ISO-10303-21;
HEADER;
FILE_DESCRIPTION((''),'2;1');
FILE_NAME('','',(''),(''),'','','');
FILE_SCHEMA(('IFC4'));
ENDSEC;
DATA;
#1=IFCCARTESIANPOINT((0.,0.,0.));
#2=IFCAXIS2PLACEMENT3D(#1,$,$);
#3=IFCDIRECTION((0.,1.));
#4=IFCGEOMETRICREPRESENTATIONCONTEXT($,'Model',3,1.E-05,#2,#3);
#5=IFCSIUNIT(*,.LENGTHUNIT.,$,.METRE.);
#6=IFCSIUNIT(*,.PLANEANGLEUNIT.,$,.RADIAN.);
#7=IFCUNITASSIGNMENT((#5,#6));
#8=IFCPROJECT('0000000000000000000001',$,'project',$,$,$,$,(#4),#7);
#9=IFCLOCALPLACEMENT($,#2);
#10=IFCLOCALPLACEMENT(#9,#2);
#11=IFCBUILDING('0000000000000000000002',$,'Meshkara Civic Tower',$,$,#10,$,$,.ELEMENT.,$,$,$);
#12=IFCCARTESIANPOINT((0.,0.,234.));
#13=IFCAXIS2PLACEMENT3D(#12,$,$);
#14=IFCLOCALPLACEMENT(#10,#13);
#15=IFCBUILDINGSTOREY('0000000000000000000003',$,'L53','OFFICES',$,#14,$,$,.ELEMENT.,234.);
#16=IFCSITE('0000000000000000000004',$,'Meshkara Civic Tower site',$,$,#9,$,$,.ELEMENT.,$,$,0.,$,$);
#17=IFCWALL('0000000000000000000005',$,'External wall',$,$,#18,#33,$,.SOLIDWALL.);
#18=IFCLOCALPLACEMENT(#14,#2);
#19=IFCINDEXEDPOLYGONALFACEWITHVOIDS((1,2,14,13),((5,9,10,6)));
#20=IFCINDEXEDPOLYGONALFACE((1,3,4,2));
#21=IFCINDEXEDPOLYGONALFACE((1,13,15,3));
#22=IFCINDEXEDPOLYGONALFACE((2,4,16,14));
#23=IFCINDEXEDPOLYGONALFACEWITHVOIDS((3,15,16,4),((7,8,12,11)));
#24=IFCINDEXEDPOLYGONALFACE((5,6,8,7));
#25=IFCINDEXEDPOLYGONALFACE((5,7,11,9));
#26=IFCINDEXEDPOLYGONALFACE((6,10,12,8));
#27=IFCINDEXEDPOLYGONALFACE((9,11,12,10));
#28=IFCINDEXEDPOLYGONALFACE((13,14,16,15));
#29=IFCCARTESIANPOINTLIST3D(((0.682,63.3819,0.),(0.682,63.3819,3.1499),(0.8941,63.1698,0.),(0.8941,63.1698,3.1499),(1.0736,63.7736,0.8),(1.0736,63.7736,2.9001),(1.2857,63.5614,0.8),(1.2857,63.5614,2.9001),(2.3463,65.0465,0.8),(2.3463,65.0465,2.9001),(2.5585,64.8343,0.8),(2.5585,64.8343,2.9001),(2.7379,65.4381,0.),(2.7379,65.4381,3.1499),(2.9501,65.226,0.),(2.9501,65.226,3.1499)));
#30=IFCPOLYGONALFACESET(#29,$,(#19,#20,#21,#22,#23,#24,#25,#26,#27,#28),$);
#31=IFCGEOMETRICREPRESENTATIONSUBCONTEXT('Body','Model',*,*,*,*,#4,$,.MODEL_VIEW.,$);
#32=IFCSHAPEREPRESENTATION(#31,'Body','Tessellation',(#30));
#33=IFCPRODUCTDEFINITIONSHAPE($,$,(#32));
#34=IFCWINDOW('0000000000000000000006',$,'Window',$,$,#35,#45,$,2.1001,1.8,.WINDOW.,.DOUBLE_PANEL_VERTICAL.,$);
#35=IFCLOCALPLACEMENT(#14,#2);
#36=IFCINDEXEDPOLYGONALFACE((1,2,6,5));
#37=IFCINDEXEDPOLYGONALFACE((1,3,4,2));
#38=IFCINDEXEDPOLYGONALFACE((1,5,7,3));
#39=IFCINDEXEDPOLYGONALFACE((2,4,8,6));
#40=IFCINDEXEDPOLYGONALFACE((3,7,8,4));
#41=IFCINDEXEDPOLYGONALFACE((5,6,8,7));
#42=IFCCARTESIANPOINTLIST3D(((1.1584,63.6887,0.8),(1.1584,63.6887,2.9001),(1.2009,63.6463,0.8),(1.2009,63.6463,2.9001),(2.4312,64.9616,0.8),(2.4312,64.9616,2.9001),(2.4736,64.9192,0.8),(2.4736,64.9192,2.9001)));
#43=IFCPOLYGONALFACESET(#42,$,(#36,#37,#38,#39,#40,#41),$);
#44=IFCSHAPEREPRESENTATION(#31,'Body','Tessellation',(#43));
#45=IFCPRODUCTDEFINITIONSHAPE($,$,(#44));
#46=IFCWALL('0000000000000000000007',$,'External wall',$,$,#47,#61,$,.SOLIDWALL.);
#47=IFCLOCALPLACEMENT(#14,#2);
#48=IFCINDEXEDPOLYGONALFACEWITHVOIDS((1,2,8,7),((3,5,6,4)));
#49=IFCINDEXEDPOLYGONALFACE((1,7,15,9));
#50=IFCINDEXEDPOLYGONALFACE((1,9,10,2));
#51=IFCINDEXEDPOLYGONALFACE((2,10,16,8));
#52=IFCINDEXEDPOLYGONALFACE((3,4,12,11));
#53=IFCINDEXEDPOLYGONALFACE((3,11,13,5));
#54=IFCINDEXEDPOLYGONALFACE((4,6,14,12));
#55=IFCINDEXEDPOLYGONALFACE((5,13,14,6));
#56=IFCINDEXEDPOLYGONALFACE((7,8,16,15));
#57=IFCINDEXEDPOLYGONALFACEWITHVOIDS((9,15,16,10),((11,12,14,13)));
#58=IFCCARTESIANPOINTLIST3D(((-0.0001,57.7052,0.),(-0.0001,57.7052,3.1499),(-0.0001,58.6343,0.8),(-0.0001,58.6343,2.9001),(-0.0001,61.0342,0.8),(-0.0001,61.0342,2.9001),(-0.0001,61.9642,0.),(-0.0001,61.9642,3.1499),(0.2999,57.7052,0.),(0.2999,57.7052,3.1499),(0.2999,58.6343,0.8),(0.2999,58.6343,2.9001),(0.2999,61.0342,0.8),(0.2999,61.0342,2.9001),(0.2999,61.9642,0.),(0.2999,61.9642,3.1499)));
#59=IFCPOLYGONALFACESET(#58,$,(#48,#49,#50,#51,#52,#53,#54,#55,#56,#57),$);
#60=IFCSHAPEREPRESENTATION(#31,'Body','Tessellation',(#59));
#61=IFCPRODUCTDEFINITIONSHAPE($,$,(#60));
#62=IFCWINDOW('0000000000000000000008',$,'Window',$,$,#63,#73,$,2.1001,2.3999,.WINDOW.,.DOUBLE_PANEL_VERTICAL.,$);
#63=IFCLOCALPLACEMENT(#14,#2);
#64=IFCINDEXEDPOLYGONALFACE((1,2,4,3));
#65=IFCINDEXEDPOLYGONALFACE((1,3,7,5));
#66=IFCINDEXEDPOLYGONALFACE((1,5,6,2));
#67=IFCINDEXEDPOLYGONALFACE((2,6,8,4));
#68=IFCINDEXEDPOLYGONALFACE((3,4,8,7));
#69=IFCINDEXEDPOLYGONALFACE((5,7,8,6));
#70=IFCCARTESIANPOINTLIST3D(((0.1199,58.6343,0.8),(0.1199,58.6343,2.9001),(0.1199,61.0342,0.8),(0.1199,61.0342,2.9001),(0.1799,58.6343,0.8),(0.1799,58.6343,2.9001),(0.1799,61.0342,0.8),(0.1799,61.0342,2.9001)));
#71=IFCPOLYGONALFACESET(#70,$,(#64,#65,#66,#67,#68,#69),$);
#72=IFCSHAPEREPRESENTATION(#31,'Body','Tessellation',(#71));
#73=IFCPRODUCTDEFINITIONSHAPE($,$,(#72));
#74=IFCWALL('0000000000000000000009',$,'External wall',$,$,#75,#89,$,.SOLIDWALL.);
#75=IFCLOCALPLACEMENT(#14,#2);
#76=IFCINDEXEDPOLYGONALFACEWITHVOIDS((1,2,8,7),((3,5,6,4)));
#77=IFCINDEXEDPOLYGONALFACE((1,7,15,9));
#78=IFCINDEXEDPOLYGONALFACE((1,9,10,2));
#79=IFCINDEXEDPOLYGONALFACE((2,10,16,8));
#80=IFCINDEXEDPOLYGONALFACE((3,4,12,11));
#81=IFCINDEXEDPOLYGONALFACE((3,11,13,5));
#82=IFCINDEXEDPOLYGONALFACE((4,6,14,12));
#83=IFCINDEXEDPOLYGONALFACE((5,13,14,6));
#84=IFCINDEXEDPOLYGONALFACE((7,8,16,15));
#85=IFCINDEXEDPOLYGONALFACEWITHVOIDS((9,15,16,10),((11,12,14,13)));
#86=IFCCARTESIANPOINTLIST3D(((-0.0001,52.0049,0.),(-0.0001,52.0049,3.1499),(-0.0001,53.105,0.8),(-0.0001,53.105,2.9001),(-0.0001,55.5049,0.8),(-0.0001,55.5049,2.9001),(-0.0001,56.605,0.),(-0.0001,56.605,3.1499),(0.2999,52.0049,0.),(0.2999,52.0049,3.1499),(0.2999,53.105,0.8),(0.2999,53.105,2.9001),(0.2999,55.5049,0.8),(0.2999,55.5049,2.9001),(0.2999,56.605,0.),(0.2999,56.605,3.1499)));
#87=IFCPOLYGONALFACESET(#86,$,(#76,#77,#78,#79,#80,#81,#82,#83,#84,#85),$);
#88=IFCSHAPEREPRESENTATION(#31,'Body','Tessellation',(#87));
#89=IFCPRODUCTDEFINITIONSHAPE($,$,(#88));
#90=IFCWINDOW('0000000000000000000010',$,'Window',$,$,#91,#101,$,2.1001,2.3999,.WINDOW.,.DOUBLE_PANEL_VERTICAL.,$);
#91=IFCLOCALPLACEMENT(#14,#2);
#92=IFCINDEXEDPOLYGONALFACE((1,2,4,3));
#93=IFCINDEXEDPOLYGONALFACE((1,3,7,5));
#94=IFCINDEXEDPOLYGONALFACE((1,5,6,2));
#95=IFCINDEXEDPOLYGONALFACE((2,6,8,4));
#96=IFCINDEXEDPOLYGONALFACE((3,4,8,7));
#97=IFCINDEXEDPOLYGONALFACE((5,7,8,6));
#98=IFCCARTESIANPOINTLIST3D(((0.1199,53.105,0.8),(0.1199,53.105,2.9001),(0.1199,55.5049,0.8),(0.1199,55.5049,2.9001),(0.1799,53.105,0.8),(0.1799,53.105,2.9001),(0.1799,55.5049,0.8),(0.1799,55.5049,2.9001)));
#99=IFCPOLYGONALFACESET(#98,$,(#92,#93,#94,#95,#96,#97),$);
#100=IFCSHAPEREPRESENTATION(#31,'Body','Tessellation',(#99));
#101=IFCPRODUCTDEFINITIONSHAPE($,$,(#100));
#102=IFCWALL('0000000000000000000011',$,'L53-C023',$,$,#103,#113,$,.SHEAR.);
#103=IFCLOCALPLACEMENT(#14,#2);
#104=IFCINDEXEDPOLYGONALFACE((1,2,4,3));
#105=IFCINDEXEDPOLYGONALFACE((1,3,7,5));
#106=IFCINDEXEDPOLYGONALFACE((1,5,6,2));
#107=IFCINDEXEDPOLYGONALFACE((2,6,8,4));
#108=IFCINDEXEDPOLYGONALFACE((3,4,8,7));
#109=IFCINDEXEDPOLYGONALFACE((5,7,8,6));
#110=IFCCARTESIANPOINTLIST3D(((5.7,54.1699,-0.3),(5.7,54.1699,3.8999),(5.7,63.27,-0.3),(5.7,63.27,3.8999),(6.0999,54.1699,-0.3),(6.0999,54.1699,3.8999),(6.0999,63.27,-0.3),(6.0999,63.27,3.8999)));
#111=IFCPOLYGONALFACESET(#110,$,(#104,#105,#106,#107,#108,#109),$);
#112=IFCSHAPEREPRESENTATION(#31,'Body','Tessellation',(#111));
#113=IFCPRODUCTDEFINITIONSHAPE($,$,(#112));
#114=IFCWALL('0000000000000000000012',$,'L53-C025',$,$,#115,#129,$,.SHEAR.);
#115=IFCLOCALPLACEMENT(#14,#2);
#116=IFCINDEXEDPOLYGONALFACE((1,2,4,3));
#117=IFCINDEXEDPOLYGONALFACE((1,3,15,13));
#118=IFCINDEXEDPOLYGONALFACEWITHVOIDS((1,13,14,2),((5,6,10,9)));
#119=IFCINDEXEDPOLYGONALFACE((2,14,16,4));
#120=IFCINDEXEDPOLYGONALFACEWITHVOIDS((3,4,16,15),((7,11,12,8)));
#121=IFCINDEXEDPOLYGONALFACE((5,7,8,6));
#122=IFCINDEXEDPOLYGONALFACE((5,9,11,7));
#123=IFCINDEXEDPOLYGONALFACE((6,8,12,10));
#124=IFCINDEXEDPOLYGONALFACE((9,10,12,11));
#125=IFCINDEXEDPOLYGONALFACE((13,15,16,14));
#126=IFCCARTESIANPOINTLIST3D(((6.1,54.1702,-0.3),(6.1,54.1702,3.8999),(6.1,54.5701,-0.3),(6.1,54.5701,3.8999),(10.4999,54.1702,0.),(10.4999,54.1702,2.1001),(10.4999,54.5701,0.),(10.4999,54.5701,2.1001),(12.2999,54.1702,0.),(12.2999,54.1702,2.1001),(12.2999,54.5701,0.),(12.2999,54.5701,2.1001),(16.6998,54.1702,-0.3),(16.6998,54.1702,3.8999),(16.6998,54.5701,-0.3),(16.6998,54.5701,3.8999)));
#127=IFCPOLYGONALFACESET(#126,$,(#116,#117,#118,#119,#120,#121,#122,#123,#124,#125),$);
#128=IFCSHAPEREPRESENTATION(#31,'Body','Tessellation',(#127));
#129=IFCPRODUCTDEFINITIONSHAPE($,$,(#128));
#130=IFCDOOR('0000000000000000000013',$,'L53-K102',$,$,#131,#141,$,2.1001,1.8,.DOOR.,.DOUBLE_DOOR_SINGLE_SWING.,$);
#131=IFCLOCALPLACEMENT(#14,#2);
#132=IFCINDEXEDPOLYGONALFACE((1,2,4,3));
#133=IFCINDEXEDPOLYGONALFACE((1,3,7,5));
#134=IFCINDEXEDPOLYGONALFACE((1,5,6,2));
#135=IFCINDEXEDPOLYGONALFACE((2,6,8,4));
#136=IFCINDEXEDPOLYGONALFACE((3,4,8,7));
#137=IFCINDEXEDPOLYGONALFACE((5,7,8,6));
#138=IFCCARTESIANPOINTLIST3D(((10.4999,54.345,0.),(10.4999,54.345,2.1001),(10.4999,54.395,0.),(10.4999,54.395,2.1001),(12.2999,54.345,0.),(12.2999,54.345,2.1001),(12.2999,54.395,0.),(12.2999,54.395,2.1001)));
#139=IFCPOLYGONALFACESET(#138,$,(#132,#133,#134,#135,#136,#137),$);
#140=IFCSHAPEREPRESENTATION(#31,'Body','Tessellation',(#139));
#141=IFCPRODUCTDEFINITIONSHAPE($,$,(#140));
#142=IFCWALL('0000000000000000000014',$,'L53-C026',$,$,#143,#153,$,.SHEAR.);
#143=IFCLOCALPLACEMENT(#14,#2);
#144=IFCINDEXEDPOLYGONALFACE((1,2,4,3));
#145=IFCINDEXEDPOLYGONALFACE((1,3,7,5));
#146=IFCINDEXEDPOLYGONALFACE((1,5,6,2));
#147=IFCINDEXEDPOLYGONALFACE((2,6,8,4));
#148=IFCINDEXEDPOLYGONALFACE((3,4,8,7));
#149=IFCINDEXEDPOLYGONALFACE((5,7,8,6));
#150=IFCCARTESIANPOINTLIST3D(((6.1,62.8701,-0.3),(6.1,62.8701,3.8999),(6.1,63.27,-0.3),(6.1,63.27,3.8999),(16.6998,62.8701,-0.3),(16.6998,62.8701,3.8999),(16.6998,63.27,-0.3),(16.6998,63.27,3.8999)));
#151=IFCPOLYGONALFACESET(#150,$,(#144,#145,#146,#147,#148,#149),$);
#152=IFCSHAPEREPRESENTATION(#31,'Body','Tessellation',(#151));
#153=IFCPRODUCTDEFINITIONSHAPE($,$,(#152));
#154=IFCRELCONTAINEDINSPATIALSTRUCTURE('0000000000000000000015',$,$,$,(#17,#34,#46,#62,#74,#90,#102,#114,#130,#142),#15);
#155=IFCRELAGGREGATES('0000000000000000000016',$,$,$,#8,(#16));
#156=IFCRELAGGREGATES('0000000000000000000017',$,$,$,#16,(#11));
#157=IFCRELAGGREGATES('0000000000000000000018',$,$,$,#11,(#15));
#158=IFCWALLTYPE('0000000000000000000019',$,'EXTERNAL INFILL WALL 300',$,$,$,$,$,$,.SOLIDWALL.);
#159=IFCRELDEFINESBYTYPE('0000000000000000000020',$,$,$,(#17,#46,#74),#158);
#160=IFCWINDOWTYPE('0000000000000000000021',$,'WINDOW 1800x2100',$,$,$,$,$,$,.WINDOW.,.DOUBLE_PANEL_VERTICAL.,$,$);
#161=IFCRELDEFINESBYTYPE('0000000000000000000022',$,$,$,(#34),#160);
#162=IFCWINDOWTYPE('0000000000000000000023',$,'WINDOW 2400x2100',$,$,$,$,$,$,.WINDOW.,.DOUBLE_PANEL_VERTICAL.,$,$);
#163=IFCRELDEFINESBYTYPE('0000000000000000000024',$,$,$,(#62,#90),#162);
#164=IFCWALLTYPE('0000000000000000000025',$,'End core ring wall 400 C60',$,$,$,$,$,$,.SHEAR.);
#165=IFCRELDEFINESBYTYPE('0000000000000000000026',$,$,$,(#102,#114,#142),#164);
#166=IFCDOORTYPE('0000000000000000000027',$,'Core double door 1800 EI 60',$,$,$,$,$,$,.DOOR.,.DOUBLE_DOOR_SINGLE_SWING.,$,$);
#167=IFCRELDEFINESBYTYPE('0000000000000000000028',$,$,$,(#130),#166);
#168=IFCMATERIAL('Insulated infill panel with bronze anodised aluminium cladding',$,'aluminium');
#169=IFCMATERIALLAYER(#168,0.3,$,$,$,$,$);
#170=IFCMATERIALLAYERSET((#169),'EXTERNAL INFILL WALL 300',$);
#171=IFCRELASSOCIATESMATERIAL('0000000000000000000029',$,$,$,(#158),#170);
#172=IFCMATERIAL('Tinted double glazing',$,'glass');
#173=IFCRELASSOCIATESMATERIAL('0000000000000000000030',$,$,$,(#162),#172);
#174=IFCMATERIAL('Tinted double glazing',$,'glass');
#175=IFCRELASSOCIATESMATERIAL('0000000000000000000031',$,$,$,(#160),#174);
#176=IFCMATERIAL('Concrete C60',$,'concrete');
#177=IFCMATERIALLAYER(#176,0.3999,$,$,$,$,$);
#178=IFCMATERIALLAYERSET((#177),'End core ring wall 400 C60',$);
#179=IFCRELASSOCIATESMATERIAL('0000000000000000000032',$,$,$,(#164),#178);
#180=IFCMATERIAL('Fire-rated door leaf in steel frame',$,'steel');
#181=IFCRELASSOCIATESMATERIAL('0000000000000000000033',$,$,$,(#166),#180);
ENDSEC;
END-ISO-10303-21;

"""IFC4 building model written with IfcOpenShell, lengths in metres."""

from ifc_helpers import new_model, si_unit, direction, frame, frame_2d, origin, place, context, subcontext, project, spatial, rectangle, extrude, material, layer, layer_set, type_object, element, fill, save


model = new_model("IFC4")

# Units and contexts
model_context = context("Model", 3, precision=1e-05, world=origin(), true_north=direction((0.0, 1.0)))
body_context = subcontext(model_context, "Body", "Model", "MODEL_VIEW")
ifc_project = project(units=[si_unit("LENGTHUNIT", "METRE"), si_unit("PLANEANGLEUNIT", "RADIAN")], contexts=[model_context])

# Site, building, storey
site_placement = place(None, origin())
site = spatial("IfcSite", under=ifc_project, at=site_placement, Name="Meshkara Civic Tower site", CompositionType="ELEMENT", RefElevation=0.0)
building_placement = place(site_placement, origin())
building = spatial("IfcBuilding", under=site, at=building_placement, Name="Meshkara Civic Tower", CompositionType="ELEMENT")
storey_placement = place(building_placement, frame((0.0, 0.0, 234.0)))
storey = spatial("IfcBuildingStorey", under=building, at=storey_placement, Name="L53", Description="OFFICES", CompositionType="ELEMENT", Elevation=234.0)

# Walls, openings, windows
ifc_material_1 = material(Name="Insulated infill panel with bronze anodised aluminium cladding", Category="aluminium")
ifc_layer_1 = layer(ifc_material_1, 0.3)
ifc_layer_set_1 = layer_set([ifc_layer_1], Name="EXTERNAL INFILL WALL 300")
wall_type_1 = type_object("IfcWallType", Name="EXTERNAL INFILL WALL 300", PredefinedType="SOLIDWALL", material=ifc_layer_set_1)
ifc_material_2 = material(Name="Tinted double glazing", Category="glass")
window_type_1 = type_object("IfcWindowType", Name="WINDOW 2400x2100", PartitioningType="DOUBLE_PANEL_VERTICAL", PredefinedType="WINDOW", material=ifc_material_2)
wall_1_placement = place(storey_placement, frame((2.844, 65.332, 0.0), z_axis=(0.0, 0.0, 1.0), x_axis=(-0.707065, -0.707149, 0.0)))
wall_1 = element("IfcWall", 1, at=wall_1_placement, inside=storey, type_object=wall_type_1, Name="External wall", PredefinedType="SOLIDWALL", context=body_context, shape_type="SweptSolid", body=[
    extrude(rectangle(XDim=2.9077, YDim=0.3, at=frame_2d((1.4539, 0.0))), origin(), (0.0, 0.0, 1.0), 3.1499),
])
opening_1_placement = place(wall_1_placement, frame((0.554, 0.0, 0.8)))
opening_1 = element("IfcOpeningElement", 2, at=opening_1_placement, cuts=wall_1, PredefinedType="OPENING", context=body_context, shape_type="SweptSolid", body=[
    extrude(rectangle(XDim=1.8, YDim=2.1001, at=frame_2d((0.8999, 1.05))), frame((0.0, 0.1599, 0.0), z_axis=(0.0, -1.0, 0.0), x_axis=(1.0, 0.0, 0.0)), (0.0, 0.0, 1.0), 0.3201),
])
ifc_material_3 = material(Name="Tinted double glazing", Category="glass")
window_type_2 = type_object("IfcWindowType", Name="WINDOW 1800x2100", PartitioningType="DOUBLE_PANEL_VERTICAL", PredefinedType="WINDOW", material=ifc_material_3)
window_1_placement = place(opening_1_placement, origin())
window_1 = element("IfcWindow", 3, at=window_1_placement, inside=storey, type_object=window_type_2, Name="Window", OverallHeight=2.1001, OverallWidth=1.8, PartitioningType="DOUBLE_PANEL_VERTICAL", PredefinedType="WINDOW", context=body_context, shape_type="SweptSolid", body=[
    extrude(rectangle(XDim=1.8, YDim=2.1001, at=frame_2d((0.8999, 1.05))), frame((0.0, 0.03, 0.0), z_axis=(0.0, -1.0, 0.0), x_axis=(1.0, 0.0, 0.0)), (0.0, 0.0, 1.0), 0.0601),
])
fill(opening_1, window_1)
wall_2_placement = place(storey_placement, frame((0.1499, 61.9641, 0.0), z_axis=(0.0, 0.0, 1.0), x_axis=(0.0, -1.0, 0.0)))
wall_2 = element("IfcWall", 4, at=wall_2_placement, inside=storey, type_object=wall_type_1, Name="External wall", PredefinedType="SOLIDWALL", context=body_context, shape_type="SweptSolid", body=[
    extrude(rectangle(XDim=4.259, YDim=0.3, at=frame_2d((2.1294, 0.0))), origin(), (0.0, 0.0, 1.0), 3.1499),
])
opening_2_placement = place(wall_2_placement, frame((0.9299, 0.0, 0.8)))
opening_2 = element("IfcOpeningElement", 5, at=opening_2_placement, cuts=wall_2, PredefinedType="OPENING", context=body_context, shape_type="SweptSolid", body=[
    extrude(rectangle(XDim=2.3999, YDim=2.1001, at=frame_2d((1.2, 1.05))), frame((0.0, 0.1599, 0.0), z_axis=(0.0, -1.0, 0.0), x_axis=(1.0, 0.0, 0.0)), (0.0, 0.0, 1.0), 0.3201),
])
window_2_placement = place(opening_2_placement, origin())
window_2 = element("IfcWindow", 6, at=window_2_placement, inside=storey, type_object=window_type_1, Name="Window", OverallHeight=2.1001, OverallWidth=2.3999, PartitioningType="DOUBLE_PANEL_VERTICAL", PredefinedType="WINDOW", context=body_context, shape_type="SweptSolid", body=[
    extrude(rectangle(XDim=2.3999, YDim=2.1001, at=frame_2d((1.2, 1.05))), frame((0.0, 0.03, 0.0), z_axis=(0.0, -1.0, 0.0), x_axis=(1.0, 0.0, 0.0)), (0.0, 0.0, 1.0), 0.0601),
])
fill(opening_2, window_2)
wall_3_placement = place(storey_placement, frame((0.1499, 56.605, 0.0), z_axis=(0.0, 0.0, 1.0), x_axis=(0.0, -1.0, 0.0)))
wall_3 = element("IfcWall", 7, at=wall_3_placement, inside=storey, type_object=wall_type_1, Name="External wall", PredefinedType="SOLIDWALL", context=body_context, shape_type="SweptSolid", body=[
    extrude(rectangle(XDim=4.6001, YDim=0.3, at=frame_2d((2.3, 0.0))), origin(), (0.0, 0.0, 1.0), 3.1499),
])
opening_3_placement = place(wall_3_placement, frame((1.1001, 0.0, 0.8)))
opening_3 = element("IfcOpeningElement", 8, at=opening_3_placement, cuts=wall_3, PredefinedType="OPENING", context=body_context, shape_type="SweptSolid", body=[
    extrude(rectangle(XDim=2.3999, YDim=2.1001, at=frame_2d((1.2, 1.05))), frame((0.0, 0.1599, 0.0), z_axis=(0.0, -1.0, 0.0), x_axis=(1.0, 0.0, 0.0)), (0.0, 0.0, 1.0), 0.3201),
])
window_3_placement = place(opening_3_placement, origin())
window_3 = element("IfcWindow", 9, at=window_3_placement, inside=storey, type_object=window_type_1, Name="Window", OverallHeight=2.1001, OverallWidth=2.3999, PartitioningType="DOUBLE_PANEL_VERTICAL", PredefinedType="WINDOW", context=body_context, shape_type="SweptSolid", body=[
    extrude(rectangle(XDim=2.3999, YDim=2.1001, at=frame_2d((1.2, 1.05))), frame((0.0, 0.03, 0.0), z_axis=(0.0, -1.0, 0.0), x_axis=(1.0, 0.0, 0.0)), (0.0, 0.0, 1.0), 0.0601),
])
fill(opening_3, window_3)

# Wall
ifc_material_4 = material(Name="Concrete C60", Category="concrete")
ifc_layer_2 = layer(ifc_material_4, 0.3999)
ifc_layer_set_2 = layer_set([ifc_layer_2], Name="End core ring wall 400 C60")
wall_type_2 = type_object("IfcWallType", Name="End core ring wall 400 C60", PredefinedType="SHEAR", material=ifc_layer_set_2)
wall_4_placement = place(storey_placement, frame((5.8999, 54.1699, -0.3), z_axis=(0.0, 0.0, 1.0), x_axis=(0.0, 1.0, 0.0)))
element("IfcWall", 10, at=wall_4_placement, inside=storey, type_object=wall_type_2, Name="L53-C023", PredefinedType="SHEAR", context=body_context, shape_type="SweptSolid", body=[
    extrude(rectangle(XDim=9.1001, YDim=0.3999, at=frame_2d((4.55, 0.0))), origin(), (0.0, 0.0, 1.0), 4.2),
])

# Wall, opening, door
wall_5_placement = place(storey_placement, frame((6.1001, 54.3701, -0.3), z_axis=(0.0, 0.0, 1.0), x_axis=(1.0, 0.0, 0.0)))
wall_5 = element("IfcWall", 11, at=wall_5_placement, inside=storey, type_object=wall_type_2, Name="L53-C025", PredefinedType="SHEAR", context=body_context, shape_type="SweptSolid", body=[
    extrude(rectangle(XDim=10.5999, YDim=0.3999, at=frame_2d((5.2998, 0.0))), origin(), (0.0, 0.0, 1.0), 4.2),
])
opening_4_placement = place(wall_5_placement, frame((4.3999, 0.0, 0.3)))
opening_4 = element("IfcOpeningElement", 12, at=opening_4_placement, cuts=wall_5, PredefinedType="OPENING", context=body_context, shape_type="SweptSolid", body=[
    extrude(rectangle(XDim=1.8, YDim=2.1001, at=frame_2d((0.8999, 1.05))), frame((0.0, 0.21, 0.0), z_axis=(0.0, -1.0, 0.0), x_axis=(1.0, 0.0, 0.0)), (0.0, 0.0, 1.0), 0.4199),
])
ifc_material_5 = material(Name="Fire-rated door leaf in steel frame", Category="steel")
door_type_1 = type_object("IfcDoorType", Name="Core double door 1800 EI 60", OperationType="DOUBLE_DOOR_SINGLE_SWING", PredefinedType="DOOR", material=ifc_material_5)
door_1_placement = place(opening_4_placement, origin())
door_1 = element("IfcDoor", 13, at=door_1_placement, inside=storey, type_object=door_type_1, Name="L53-K102", OperationType="DOUBLE_DOOR_SINGLE_SWING", OverallHeight=2.1001, OverallWidth=1.8, PredefinedType="DOOR", context=body_context, shape_type="SweptSolid", body=[
    extrude(rectangle(XDim=1.8, YDim=2.1001, at=frame_2d((0.8999, 1.05))), frame((0.0, 0.0249, 0.0), z_axis=(0.0, -1.0, 0.0), x_axis=(1.0, 0.0, 0.0)), (0.0, 0.0, 1.0), 0.05),
])
fill(opening_4, door_1)

# Wall
wall_6_placement = place(storey_placement, frame((6.1001, 63.0701, -0.3), z_axis=(0.0, 0.0, 1.0), x_axis=(1.0, 0.0, 0.0)))
element("IfcWall", 14, at=wall_6_placement, inside=storey, type_object=wall_type_2, Name="L53-C026", PredefinedType="SHEAR", context=body_context, shape_type="SweptSolid", body=[
    extrude(rectangle(XDim=10.5999, YDim=0.3999, at=frame_2d((5.2998, 0.0))), origin(), (0.0, 0.0, 1.0), 4.2),
])

save(model, "model.ifc")
